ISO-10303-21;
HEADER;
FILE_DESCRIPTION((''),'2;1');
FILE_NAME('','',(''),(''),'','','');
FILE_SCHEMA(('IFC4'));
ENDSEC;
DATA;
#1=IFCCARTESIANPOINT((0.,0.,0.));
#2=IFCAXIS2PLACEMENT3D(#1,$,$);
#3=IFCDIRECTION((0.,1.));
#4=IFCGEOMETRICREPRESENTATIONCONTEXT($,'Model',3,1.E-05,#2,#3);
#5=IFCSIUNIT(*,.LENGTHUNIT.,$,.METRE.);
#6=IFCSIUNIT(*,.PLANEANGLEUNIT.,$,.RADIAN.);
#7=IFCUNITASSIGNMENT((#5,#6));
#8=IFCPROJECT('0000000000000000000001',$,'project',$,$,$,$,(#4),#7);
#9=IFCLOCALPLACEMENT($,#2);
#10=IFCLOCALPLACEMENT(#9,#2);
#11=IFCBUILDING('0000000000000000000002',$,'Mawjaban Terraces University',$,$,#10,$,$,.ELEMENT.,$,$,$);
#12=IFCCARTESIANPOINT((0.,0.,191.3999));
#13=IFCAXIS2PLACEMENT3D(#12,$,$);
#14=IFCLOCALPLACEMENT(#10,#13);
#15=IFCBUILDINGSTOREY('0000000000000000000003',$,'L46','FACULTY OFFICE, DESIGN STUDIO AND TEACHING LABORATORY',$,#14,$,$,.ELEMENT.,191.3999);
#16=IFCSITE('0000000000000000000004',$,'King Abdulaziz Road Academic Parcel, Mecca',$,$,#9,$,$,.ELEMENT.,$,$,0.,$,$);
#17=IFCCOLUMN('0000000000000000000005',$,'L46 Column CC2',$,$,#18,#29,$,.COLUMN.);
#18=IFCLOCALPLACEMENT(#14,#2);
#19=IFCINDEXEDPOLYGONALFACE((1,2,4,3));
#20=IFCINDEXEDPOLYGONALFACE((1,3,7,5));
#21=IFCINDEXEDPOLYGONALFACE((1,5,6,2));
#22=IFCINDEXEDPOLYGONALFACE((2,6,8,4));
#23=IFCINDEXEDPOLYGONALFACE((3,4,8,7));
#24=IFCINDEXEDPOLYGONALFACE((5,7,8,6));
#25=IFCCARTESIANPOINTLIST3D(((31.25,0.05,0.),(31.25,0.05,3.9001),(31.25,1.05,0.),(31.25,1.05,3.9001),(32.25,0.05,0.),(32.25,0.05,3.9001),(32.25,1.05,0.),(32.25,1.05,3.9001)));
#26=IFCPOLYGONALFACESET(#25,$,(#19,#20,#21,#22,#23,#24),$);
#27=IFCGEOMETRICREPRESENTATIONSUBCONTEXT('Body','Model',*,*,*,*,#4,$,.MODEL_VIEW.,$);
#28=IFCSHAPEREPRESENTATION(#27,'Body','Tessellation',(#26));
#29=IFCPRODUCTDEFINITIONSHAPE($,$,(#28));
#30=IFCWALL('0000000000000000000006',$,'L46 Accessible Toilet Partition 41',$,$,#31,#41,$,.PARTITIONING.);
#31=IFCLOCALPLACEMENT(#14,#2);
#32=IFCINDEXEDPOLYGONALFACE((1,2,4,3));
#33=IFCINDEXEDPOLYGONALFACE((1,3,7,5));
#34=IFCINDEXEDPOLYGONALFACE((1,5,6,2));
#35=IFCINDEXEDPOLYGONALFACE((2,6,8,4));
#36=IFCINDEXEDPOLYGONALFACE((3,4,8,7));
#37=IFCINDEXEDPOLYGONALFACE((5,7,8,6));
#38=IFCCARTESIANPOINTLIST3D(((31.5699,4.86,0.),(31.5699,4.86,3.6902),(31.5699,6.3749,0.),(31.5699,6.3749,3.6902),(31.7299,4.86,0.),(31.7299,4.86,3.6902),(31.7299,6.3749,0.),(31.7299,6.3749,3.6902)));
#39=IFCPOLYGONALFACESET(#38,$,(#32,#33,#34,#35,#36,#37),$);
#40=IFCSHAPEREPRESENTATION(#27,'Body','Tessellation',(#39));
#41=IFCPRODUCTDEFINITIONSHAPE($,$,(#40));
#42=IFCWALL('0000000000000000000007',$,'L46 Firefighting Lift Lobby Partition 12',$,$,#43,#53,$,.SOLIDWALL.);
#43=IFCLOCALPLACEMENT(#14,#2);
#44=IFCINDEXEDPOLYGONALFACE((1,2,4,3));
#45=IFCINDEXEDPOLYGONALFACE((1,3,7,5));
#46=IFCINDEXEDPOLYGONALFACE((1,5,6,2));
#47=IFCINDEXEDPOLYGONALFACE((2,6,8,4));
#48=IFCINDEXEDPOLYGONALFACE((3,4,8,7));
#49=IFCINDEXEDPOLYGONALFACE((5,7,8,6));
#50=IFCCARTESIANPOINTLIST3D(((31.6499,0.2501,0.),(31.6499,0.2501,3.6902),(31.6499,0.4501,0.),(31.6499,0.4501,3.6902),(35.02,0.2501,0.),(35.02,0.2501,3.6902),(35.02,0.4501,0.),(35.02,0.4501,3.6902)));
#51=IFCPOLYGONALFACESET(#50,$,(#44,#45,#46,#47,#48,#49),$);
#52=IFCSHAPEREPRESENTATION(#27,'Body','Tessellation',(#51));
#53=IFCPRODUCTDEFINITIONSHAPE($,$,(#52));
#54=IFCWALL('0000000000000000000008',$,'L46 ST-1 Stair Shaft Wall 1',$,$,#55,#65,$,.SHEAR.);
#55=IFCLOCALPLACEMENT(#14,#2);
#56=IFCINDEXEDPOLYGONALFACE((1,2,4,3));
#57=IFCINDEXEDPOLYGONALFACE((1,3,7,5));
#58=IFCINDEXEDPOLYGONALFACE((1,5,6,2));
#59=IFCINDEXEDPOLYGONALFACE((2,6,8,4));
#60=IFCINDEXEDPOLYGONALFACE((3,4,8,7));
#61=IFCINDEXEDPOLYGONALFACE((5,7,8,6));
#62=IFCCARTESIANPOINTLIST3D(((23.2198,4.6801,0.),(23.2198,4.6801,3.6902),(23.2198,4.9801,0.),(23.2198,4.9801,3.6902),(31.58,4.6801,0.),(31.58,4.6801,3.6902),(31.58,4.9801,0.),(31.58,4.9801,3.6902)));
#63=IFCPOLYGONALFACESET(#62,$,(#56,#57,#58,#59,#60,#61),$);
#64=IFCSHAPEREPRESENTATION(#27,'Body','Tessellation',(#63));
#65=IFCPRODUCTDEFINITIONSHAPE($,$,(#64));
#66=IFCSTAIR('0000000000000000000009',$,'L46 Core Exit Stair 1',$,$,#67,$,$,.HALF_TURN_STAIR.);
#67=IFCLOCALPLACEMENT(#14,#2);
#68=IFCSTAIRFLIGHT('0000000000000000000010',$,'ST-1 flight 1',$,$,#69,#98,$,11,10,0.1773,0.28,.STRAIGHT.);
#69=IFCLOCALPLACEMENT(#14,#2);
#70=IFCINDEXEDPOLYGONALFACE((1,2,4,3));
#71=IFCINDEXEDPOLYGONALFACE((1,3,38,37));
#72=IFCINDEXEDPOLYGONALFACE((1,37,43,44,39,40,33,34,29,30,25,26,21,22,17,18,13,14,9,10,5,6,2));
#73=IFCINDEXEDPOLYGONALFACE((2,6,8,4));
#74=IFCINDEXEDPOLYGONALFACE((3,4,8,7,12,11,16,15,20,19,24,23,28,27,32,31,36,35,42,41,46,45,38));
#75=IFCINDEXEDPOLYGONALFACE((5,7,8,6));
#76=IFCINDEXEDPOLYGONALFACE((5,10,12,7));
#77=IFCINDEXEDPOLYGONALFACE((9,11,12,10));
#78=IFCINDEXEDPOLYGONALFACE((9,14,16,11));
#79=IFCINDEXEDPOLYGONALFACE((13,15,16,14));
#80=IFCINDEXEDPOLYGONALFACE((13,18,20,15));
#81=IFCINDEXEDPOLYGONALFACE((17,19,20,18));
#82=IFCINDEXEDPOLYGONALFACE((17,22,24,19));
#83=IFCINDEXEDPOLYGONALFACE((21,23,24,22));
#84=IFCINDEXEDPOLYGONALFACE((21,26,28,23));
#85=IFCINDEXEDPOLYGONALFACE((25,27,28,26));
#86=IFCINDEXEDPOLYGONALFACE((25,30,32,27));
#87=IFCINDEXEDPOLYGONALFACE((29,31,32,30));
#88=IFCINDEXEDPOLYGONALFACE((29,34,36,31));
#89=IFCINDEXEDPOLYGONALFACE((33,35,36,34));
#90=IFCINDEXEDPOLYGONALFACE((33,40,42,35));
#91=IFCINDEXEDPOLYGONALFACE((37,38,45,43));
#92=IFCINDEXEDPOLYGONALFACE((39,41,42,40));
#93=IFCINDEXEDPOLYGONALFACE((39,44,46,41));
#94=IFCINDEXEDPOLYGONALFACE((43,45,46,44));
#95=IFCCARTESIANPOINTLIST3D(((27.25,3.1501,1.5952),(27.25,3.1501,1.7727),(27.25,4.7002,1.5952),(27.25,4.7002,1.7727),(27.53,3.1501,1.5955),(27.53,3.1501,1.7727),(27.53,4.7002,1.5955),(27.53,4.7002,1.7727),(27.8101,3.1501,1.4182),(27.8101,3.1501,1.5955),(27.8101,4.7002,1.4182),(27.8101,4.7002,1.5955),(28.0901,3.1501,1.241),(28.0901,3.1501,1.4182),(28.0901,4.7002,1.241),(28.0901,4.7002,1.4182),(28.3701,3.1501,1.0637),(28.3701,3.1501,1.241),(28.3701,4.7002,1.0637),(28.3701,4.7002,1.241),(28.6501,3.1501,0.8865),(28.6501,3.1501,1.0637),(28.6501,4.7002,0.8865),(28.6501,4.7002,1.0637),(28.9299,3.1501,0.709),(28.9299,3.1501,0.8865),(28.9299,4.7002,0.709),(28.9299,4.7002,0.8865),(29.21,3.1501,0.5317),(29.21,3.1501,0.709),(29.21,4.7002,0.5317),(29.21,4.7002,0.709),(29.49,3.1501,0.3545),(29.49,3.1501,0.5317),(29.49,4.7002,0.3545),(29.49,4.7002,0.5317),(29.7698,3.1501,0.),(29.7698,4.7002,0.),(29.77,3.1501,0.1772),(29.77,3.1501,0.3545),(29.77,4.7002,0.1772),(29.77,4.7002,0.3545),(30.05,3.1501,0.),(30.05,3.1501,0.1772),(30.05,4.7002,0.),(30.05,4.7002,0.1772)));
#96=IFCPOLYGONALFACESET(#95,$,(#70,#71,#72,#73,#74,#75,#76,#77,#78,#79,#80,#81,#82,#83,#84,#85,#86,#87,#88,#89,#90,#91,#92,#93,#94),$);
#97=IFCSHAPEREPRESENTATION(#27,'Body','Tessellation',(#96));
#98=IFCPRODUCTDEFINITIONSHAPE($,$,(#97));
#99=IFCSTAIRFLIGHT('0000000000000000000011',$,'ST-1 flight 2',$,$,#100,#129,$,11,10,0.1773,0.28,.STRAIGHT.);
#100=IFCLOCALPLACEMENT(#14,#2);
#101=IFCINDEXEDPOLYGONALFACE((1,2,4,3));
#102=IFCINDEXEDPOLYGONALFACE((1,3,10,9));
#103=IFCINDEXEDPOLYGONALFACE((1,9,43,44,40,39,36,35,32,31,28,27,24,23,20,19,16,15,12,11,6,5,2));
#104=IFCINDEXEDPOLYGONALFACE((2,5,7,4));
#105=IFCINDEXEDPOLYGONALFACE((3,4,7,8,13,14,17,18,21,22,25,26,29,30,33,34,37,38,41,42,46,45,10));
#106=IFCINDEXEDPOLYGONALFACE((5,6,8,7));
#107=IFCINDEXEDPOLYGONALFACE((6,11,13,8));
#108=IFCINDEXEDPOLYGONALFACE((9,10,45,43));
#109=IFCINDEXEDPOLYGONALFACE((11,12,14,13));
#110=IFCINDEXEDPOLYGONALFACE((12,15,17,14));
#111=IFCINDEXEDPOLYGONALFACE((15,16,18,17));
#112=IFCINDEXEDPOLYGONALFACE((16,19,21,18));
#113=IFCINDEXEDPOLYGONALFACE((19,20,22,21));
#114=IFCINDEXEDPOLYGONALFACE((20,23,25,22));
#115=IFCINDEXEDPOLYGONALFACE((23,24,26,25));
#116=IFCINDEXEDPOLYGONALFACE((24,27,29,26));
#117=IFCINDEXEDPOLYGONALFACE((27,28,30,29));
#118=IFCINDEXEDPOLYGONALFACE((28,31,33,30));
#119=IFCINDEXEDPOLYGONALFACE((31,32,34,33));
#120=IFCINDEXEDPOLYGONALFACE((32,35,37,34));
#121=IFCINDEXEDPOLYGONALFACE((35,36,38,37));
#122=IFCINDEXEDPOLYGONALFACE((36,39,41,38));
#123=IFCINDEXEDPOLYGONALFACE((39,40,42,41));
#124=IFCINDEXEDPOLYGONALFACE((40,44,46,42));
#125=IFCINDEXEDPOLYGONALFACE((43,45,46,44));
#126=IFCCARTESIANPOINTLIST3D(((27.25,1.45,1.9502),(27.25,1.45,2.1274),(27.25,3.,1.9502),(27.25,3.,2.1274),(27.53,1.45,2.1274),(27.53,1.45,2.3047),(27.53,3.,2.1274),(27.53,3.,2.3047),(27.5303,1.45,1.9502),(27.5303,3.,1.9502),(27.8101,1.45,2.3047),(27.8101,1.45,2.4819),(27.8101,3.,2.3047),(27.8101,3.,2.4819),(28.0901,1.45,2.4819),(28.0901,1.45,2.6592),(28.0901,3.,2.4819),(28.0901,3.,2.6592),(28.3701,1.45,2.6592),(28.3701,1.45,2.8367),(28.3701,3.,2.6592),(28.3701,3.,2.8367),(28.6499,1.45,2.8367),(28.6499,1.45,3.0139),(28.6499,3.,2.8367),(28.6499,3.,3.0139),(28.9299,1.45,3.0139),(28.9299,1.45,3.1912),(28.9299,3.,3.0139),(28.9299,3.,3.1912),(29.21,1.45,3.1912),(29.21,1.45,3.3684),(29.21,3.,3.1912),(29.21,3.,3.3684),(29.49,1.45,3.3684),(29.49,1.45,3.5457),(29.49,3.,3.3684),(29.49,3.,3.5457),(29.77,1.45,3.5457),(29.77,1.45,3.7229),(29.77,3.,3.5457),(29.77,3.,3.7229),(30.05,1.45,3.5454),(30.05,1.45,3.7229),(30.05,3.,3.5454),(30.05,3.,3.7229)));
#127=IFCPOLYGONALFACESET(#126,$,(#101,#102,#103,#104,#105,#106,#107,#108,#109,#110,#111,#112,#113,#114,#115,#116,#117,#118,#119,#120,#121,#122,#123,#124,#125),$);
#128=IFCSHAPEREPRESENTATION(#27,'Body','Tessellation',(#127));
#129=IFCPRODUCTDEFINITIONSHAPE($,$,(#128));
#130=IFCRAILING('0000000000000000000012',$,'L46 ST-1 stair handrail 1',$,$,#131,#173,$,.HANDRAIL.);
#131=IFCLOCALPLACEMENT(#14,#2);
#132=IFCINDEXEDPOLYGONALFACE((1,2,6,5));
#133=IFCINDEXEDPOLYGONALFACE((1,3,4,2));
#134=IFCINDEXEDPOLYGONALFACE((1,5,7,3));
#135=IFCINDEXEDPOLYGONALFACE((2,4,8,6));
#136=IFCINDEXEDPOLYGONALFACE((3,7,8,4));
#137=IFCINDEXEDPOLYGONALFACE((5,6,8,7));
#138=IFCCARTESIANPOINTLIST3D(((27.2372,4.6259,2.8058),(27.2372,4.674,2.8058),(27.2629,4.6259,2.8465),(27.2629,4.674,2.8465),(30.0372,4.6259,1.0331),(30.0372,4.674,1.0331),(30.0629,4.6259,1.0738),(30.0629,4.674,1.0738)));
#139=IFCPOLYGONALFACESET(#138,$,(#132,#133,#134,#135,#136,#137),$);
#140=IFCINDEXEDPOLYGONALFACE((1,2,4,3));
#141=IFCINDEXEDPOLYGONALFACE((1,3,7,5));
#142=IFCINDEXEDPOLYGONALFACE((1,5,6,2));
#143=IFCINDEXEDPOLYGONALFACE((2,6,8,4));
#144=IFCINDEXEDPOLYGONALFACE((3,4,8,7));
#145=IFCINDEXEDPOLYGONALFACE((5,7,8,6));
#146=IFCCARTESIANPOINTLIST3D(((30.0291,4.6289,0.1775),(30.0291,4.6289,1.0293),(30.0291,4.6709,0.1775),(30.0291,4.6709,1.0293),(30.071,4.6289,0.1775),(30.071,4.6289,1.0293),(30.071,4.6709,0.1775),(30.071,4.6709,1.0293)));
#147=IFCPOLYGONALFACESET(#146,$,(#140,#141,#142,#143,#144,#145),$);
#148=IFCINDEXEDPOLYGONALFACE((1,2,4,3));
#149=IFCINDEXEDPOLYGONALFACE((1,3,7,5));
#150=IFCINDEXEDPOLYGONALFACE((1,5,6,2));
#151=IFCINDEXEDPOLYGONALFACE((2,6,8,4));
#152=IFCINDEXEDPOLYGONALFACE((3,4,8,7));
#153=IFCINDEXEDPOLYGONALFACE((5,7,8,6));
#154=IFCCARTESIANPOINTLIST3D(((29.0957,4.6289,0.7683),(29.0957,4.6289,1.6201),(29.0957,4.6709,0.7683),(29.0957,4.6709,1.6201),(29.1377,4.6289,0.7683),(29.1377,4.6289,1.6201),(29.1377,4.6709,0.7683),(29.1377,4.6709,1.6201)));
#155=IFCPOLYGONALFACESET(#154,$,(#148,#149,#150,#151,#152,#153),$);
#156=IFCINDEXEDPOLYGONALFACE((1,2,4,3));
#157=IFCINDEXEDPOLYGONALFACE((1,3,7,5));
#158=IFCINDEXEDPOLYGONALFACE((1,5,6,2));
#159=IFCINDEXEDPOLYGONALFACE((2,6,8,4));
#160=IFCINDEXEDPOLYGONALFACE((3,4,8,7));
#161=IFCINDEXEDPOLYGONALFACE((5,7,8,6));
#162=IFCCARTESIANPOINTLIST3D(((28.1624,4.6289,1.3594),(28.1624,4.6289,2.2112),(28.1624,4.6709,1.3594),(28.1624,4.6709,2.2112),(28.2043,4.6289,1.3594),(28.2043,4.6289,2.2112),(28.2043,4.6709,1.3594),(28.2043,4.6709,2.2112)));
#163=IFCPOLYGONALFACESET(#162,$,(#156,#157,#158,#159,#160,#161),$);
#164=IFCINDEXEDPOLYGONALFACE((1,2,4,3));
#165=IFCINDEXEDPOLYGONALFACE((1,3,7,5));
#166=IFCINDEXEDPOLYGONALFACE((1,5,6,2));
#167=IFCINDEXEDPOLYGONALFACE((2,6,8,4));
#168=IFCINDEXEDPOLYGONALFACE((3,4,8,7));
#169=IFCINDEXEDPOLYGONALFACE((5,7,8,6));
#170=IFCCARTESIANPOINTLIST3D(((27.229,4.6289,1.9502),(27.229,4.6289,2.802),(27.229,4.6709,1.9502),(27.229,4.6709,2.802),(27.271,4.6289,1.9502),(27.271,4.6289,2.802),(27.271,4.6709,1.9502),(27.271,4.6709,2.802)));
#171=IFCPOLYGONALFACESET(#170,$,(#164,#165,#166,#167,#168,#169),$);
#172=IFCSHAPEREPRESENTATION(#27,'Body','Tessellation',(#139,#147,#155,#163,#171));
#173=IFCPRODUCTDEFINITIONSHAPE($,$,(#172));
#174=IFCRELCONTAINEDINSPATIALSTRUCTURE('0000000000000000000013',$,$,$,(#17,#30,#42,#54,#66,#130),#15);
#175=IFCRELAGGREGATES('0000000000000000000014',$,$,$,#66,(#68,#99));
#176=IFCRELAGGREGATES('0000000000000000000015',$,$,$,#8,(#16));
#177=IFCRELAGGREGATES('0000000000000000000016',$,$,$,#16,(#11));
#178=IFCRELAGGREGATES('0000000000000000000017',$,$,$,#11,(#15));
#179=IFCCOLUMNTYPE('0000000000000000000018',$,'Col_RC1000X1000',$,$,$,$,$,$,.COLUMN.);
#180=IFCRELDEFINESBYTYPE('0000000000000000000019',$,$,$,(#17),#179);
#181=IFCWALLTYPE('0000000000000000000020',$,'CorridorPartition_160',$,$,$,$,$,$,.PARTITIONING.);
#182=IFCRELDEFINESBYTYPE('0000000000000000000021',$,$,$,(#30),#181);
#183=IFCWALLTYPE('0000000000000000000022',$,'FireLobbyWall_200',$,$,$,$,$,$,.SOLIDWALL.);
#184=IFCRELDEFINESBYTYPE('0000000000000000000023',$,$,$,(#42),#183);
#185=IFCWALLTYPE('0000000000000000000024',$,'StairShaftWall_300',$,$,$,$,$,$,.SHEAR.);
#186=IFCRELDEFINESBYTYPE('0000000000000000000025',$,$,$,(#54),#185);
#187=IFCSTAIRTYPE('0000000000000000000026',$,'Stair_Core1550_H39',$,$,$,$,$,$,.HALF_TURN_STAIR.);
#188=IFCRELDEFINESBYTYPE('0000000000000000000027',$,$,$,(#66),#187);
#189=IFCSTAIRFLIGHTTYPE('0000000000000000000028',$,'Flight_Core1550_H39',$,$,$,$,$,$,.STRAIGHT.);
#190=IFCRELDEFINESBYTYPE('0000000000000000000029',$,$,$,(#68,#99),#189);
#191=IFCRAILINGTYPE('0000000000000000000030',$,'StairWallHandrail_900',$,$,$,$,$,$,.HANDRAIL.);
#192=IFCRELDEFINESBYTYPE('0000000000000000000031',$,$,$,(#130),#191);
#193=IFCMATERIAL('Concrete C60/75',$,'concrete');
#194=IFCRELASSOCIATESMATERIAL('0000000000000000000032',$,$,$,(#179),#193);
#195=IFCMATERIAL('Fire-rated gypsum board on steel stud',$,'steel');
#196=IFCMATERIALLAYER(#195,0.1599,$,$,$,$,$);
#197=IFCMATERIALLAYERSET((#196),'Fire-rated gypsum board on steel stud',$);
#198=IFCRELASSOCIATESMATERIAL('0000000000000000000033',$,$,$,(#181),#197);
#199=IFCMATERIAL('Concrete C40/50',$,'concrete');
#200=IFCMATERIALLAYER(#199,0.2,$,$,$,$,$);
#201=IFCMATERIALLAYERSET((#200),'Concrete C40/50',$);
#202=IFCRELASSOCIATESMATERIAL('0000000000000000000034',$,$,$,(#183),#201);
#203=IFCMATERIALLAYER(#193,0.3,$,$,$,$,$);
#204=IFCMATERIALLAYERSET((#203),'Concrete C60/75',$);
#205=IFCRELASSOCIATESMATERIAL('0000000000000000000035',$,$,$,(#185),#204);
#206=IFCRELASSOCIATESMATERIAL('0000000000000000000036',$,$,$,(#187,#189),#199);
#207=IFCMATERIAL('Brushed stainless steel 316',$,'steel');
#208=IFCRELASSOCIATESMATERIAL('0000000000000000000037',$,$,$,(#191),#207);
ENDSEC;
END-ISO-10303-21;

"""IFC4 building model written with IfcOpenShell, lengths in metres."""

from ifc_helpers import new_model, si_unit, direction, frame, frame_2d, origin, origin_2d, place, context, subcontext, project, spatial, polyline, rectangle, outline, extrude, material, layer, layer_set, material_profile, profile_set, type_object, element, aggregate, save


model = new_model("IFC4")

# Units and contexts
model_context = context("Model", 3, precision=1e-05, world=origin(), true_north=direction((0.0, 1.0)))
body_context = subcontext(model_context, "Body", "Model", "MODEL_VIEW")
ifc_project = project(units=[si_unit("LENGTHUNIT", "METRE"), si_unit("PLANEANGLEUNIT", "RADIAN")], contexts=[model_context])

# Site, building, storey
site_placement = place(None, origin())
site = spatial("IfcSite", under=ifc_project, at=site_placement, Name="King Abdulaziz Road Academic Parcel, Mecca", CompositionType="ELEMENT", RefElevation=0.0)
building_placement = place(site_placement, origin())
building = spatial("IfcBuilding", under=site, at=building_placement, Name="Mawjaban Terraces University", CompositionType="ELEMENT")
storey_placement = place(building_placement, frame((0.0, 0.0, 191.3999)))
storey = spatial("IfcBuildingStorey", under=building, at=storey_placement, Name="L46", Description="FACULTY OFFICE, DESIGN STUDIO AND TEACHING LABORATORY", CompositionType="ELEMENT", Elevation=191.3999)

# Column
ifc_material_1 = material(Name="Concrete C60/75", Category="concrete")
ifc_material_profile = material_profile(ifc_material_1, rectangle(XDim=1.0, YDim=1.0, at=origin_2d()), Name="RC1000X1000")
ifc_profile_set = profile_set([ifc_material_profile], Name="Concrete C60/75")
column_type = type_object("IfcColumnType", Name="Col_RC1000X1000", PredefinedType="COLUMN", material=ifc_profile_set)
column_placement = place(storey_placement, frame((31.75, 0.55, 0.0), z_axis=(0.0, 0.0, 1.0), x_axis=(1.0, 0.0, 0.0)))
element("IfcColumn", 1, at=column_placement, inside=storey, type_object=column_type, Name="L46 Column CC2", PredefinedType="COLUMN", context=body_context, shape_type="SweptSolid", body=[
    extrude(rectangle(XDim=1.0, YDim=1.0, at=origin_2d()), origin(), (0.0, 0.0, 1.0), 3.9001),
])

# Wall
ifc_material_2 = material(Name="Fire-rated gypsum board on steel stud", Category="steel")
ifc_layer_1 = layer(ifc_material_2, 0.1599)
ifc_layer_set_1 = layer_set([ifc_layer_1], Name="Fire-rated gypsum board on steel stud")
wall_type_1 = type_object("IfcWallType", Name="CorridorPartition_160", PredefinedType="PARTITIONING", material=ifc_layer_set_1)
wall_1_placement = place(storey_placement, frame((31.6499, 4.8601, 0.0), z_axis=(0.0, 0.0, 1.0), x_axis=(0.0, 1.0, 0.0)))
element("IfcWall", 2, at=wall_1_placement, inside=storey, type_object=wall_type_1, Name="L46 Accessible Toilet Partition 41", PredefinedType="PARTITIONING", context=body_context, shape_type="SweptSolid", body=[
    extrude(rectangle(XDim=1.5149, YDim=0.1599, at=frame_2d((0.7573, 0.0))), origin(), (0.0, 0.0, 1.0), 3.6902),
])

# Shared definitions
ifc_material_3 = material(Name="Concrete C40/50", Category="concrete")
ifc_layer_2 = layer(ifc_material_3, 0.2)
ifc_layer_set_2 = layer_set([ifc_layer_2], Name="Concrete C40/50")
wall_type_2 = type_object("IfcWallType", Name="FireLobbyWall_200", PredefinedType="SOLIDWALL", material=ifc_layer_set_2)

# Wall
wall_2_placement = place(storey_placement, frame((31.6499, 0.3501, 0.0), z_axis=(0.0, 0.0, 1.0), x_axis=(1.0, 0.0, 0.0)))
element("IfcWall", 3, at=wall_2_placement, inside=storey, type_object=wall_type_2, Name="L46 Firefighting Lift Lobby Partition 12", PredefinedType="SOLIDWALL", context=body_context, shape_type="SweptSolid", body=[
    extrude(rectangle(XDim=3.3701, YDim=0.2, at=frame_2d((1.6851, 0.0))), origin(), (0.0, 0.0, 1.0), 3.6902),
])

# Wall
ifc_layer_3 = layer(ifc_material_1, 0.3)
ifc_layer_set_3 = layer_set([ifc_layer_3], Name="Concrete C60/75")
wall_type_3 = type_object("IfcWallType", Name="StairShaftWall_300", PredefinedType="SHEAR", material=ifc_layer_set_3)
wall_3_placement = place(storey_placement, frame((31.5801, 4.8301, 0.0), z_axis=(0.0, 0.0, 1.0), x_axis=(-1.0, 0.0, 0.0)))
element("IfcWall", 4, at=wall_3_placement, inside=storey, type_object=wall_type_3, Name="L46 ST-1 Stair Shaft Wall 1", PredefinedType="SHEAR", context=body_context, shape_type="SweptSolid", body=[
    extrude(rectangle(XDim=8.3601, YDim=0.3, at=frame_2d((4.1802, 0.0))), origin(), (0.0, 0.0, 1.0), 3.6902),
])

# Stair, stair flights
stair_type = type_object("IfcStairType", Name="Stair_Core1550_H39", PredefinedType="HALF_TURN_STAIR", material=ifc_material_3)
stair_placement = place(storey_placement, origin())
stair = element("IfcStair", 5, at=stair_placement, inside=storey, type_object=stair_type, Name="L46 Core Exit Stair 1", PredefinedType="HALF_TURN_STAIR")
stair_flight_type = type_object("IfcStairFlightType", Name="Flight_Core1550_H39", PredefinedType="STRAIGHT", material=ifc_material_3)
stair_flight_1_placement = place(storey_placement, frame((30.05, 3.925, 0.0), z_axis=(0.0, 0.0, 1.0), x_axis=(-1.0, 0.0, 0.0)))
stair_flight_1 = element("IfcStairFlight", 6, at=stair_flight_1_placement, type_object=stair_flight_type, Name="ST-1 flight 1", NumberOfRisers=11, NumberOfTreads=10, PredefinedType="STRAIGHT", RiserHeight=0.1773, TreadLength=0.28, context=body_context, shape_type="SweptSolid", body=[
    extrude(outline(polyline([(0.0, 0.0), (0.0, 0.1772), (0.28, 0.1772), (0.28, 0.3545), (0.5601, 0.3545), (0.5601, 0.5317), (0.8401, 0.5317), (0.8401, 0.709), (1.1201, 0.709), (1.1201, 0.8865), (1.3999, 0.8865), (1.3999, 1.0637), (1.6799, 1.0637), (1.6799, 1.241), (1.96, 1.241), (1.96, 1.4182), (2.24, 1.4182), (2.24, 1.5955), (2.52, 1.5955), (2.52, 1.7727), (2.8, 1.7727), (2.8, 1.95), (2.8, 1.5952), (0.2803, 0.0), (0.0, 0.0)])), frame((0.0, 0.7749, 0.0), z_axis=(0.0, -1.0, 0.0), x_axis=(1.0, 0.0, 0.0)), (0.0, 0.0, 1.0), 1.55),
])
stair_flight_2_placement = place(storey_placement, frame((27.25, 2.2251, 1.9502), z_axis=(0.0, 0.0, 1.0), x_axis=(1.0, 0.0, 0.0)))
stair_flight_2 = element("IfcStairFlight", 7, at=stair_flight_2_placement, type_object=stair_flight_type, Name="ST-1 flight 2", NumberOfRisers=11, NumberOfTreads=10, PredefinedType="STRAIGHT", RiserHeight=0.1773, TreadLength=0.28, context=body_context, shape_type="SweptSolid", body=[
    extrude(outline(polyline([(0.0, 0.0), (0.0, 0.1772), (0.28, 0.1772), (0.28, 0.3545), (0.5601, 0.3545), (0.5601, 0.5317), (0.8401, 0.5317), (0.8401, 0.709), (1.1201, 0.709), (1.1201, 0.8865), (1.3999, 0.8865), (1.3999, 1.0637), (1.6799, 1.0637), (1.6799, 1.241), (1.96, 1.241), (1.96, 1.4182), (2.24, 1.4182), (2.24, 1.5955), (2.52, 1.5955), (2.52, 1.7727), (2.8, 1.7727), (2.8, 1.95), (2.8, 1.5952), (0.2803, 0.0), (0.0, 0.0)])), frame((0.0, 0.7749, 0.0), z_axis=(0.0, -1.0, 0.0), x_axis=(1.0, 0.0, 0.0)), (0.0, 0.0, 1.0), 1.55),
])
aggregate(stair, [stair_flight_1, stair_flight_2])

# Railing
ifc_material_4 = material(Name="Brushed stainless steel 316", Category="steel")
railing_type_1 = type_object("IfcRailingType", Name="StairWallHandrail_900", PredefinedType="HANDRAIL", material=ifc_material_4)
railing_1_placement = place(storey_placement, frame((30.05, 4.6499, 0.1775)))
element("IfcRailing", 8, at=railing_1_placement, inside=storey, type_object=railing_type_1, Name="L46 ST-1 stair handrail 1", PredefinedType="HANDRAIL", context=body_context, shape_type="SweptSolid", body=[
    extrude(rectangle(XDim=0.0481, YDim=0.0481, at=origin_2d()), frame((0.0, 0.0, 0.876), z_axis=(-0.844909, 0.0, 0.53491), x_axis=(0.0, -1.0, 0.0)), (0.0, 0.0, 1.0), 3.314),
    extrude(rectangle(XDim=0.042, YDim=0.042, at=origin_2d()), origin(), (0.0, 0.0, 1.0), 0.8518),
    extrude(rectangle(XDim=0.042, YDim=0.042, at=origin_2d()), frame((-0.9333, 0.0, 0.5908)), (0.0, 0.0, 1.0), 0.8518),
    extrude(rectangle(XDim=0.042, YDim=0.042, at=origin_2d()), frame((-1.8667, 0.0, 1.1819)), (0.0, 0.0, 1.0), 0.8518),
    extrude(rectangle(XDim=0.042, YDim=0.042, at=origin_2d()), frame((-2.8, 0.0, 1.7727)), (0.0, 0.0, 1.0), 0.8518),
])

save(model, "model.ifc")
